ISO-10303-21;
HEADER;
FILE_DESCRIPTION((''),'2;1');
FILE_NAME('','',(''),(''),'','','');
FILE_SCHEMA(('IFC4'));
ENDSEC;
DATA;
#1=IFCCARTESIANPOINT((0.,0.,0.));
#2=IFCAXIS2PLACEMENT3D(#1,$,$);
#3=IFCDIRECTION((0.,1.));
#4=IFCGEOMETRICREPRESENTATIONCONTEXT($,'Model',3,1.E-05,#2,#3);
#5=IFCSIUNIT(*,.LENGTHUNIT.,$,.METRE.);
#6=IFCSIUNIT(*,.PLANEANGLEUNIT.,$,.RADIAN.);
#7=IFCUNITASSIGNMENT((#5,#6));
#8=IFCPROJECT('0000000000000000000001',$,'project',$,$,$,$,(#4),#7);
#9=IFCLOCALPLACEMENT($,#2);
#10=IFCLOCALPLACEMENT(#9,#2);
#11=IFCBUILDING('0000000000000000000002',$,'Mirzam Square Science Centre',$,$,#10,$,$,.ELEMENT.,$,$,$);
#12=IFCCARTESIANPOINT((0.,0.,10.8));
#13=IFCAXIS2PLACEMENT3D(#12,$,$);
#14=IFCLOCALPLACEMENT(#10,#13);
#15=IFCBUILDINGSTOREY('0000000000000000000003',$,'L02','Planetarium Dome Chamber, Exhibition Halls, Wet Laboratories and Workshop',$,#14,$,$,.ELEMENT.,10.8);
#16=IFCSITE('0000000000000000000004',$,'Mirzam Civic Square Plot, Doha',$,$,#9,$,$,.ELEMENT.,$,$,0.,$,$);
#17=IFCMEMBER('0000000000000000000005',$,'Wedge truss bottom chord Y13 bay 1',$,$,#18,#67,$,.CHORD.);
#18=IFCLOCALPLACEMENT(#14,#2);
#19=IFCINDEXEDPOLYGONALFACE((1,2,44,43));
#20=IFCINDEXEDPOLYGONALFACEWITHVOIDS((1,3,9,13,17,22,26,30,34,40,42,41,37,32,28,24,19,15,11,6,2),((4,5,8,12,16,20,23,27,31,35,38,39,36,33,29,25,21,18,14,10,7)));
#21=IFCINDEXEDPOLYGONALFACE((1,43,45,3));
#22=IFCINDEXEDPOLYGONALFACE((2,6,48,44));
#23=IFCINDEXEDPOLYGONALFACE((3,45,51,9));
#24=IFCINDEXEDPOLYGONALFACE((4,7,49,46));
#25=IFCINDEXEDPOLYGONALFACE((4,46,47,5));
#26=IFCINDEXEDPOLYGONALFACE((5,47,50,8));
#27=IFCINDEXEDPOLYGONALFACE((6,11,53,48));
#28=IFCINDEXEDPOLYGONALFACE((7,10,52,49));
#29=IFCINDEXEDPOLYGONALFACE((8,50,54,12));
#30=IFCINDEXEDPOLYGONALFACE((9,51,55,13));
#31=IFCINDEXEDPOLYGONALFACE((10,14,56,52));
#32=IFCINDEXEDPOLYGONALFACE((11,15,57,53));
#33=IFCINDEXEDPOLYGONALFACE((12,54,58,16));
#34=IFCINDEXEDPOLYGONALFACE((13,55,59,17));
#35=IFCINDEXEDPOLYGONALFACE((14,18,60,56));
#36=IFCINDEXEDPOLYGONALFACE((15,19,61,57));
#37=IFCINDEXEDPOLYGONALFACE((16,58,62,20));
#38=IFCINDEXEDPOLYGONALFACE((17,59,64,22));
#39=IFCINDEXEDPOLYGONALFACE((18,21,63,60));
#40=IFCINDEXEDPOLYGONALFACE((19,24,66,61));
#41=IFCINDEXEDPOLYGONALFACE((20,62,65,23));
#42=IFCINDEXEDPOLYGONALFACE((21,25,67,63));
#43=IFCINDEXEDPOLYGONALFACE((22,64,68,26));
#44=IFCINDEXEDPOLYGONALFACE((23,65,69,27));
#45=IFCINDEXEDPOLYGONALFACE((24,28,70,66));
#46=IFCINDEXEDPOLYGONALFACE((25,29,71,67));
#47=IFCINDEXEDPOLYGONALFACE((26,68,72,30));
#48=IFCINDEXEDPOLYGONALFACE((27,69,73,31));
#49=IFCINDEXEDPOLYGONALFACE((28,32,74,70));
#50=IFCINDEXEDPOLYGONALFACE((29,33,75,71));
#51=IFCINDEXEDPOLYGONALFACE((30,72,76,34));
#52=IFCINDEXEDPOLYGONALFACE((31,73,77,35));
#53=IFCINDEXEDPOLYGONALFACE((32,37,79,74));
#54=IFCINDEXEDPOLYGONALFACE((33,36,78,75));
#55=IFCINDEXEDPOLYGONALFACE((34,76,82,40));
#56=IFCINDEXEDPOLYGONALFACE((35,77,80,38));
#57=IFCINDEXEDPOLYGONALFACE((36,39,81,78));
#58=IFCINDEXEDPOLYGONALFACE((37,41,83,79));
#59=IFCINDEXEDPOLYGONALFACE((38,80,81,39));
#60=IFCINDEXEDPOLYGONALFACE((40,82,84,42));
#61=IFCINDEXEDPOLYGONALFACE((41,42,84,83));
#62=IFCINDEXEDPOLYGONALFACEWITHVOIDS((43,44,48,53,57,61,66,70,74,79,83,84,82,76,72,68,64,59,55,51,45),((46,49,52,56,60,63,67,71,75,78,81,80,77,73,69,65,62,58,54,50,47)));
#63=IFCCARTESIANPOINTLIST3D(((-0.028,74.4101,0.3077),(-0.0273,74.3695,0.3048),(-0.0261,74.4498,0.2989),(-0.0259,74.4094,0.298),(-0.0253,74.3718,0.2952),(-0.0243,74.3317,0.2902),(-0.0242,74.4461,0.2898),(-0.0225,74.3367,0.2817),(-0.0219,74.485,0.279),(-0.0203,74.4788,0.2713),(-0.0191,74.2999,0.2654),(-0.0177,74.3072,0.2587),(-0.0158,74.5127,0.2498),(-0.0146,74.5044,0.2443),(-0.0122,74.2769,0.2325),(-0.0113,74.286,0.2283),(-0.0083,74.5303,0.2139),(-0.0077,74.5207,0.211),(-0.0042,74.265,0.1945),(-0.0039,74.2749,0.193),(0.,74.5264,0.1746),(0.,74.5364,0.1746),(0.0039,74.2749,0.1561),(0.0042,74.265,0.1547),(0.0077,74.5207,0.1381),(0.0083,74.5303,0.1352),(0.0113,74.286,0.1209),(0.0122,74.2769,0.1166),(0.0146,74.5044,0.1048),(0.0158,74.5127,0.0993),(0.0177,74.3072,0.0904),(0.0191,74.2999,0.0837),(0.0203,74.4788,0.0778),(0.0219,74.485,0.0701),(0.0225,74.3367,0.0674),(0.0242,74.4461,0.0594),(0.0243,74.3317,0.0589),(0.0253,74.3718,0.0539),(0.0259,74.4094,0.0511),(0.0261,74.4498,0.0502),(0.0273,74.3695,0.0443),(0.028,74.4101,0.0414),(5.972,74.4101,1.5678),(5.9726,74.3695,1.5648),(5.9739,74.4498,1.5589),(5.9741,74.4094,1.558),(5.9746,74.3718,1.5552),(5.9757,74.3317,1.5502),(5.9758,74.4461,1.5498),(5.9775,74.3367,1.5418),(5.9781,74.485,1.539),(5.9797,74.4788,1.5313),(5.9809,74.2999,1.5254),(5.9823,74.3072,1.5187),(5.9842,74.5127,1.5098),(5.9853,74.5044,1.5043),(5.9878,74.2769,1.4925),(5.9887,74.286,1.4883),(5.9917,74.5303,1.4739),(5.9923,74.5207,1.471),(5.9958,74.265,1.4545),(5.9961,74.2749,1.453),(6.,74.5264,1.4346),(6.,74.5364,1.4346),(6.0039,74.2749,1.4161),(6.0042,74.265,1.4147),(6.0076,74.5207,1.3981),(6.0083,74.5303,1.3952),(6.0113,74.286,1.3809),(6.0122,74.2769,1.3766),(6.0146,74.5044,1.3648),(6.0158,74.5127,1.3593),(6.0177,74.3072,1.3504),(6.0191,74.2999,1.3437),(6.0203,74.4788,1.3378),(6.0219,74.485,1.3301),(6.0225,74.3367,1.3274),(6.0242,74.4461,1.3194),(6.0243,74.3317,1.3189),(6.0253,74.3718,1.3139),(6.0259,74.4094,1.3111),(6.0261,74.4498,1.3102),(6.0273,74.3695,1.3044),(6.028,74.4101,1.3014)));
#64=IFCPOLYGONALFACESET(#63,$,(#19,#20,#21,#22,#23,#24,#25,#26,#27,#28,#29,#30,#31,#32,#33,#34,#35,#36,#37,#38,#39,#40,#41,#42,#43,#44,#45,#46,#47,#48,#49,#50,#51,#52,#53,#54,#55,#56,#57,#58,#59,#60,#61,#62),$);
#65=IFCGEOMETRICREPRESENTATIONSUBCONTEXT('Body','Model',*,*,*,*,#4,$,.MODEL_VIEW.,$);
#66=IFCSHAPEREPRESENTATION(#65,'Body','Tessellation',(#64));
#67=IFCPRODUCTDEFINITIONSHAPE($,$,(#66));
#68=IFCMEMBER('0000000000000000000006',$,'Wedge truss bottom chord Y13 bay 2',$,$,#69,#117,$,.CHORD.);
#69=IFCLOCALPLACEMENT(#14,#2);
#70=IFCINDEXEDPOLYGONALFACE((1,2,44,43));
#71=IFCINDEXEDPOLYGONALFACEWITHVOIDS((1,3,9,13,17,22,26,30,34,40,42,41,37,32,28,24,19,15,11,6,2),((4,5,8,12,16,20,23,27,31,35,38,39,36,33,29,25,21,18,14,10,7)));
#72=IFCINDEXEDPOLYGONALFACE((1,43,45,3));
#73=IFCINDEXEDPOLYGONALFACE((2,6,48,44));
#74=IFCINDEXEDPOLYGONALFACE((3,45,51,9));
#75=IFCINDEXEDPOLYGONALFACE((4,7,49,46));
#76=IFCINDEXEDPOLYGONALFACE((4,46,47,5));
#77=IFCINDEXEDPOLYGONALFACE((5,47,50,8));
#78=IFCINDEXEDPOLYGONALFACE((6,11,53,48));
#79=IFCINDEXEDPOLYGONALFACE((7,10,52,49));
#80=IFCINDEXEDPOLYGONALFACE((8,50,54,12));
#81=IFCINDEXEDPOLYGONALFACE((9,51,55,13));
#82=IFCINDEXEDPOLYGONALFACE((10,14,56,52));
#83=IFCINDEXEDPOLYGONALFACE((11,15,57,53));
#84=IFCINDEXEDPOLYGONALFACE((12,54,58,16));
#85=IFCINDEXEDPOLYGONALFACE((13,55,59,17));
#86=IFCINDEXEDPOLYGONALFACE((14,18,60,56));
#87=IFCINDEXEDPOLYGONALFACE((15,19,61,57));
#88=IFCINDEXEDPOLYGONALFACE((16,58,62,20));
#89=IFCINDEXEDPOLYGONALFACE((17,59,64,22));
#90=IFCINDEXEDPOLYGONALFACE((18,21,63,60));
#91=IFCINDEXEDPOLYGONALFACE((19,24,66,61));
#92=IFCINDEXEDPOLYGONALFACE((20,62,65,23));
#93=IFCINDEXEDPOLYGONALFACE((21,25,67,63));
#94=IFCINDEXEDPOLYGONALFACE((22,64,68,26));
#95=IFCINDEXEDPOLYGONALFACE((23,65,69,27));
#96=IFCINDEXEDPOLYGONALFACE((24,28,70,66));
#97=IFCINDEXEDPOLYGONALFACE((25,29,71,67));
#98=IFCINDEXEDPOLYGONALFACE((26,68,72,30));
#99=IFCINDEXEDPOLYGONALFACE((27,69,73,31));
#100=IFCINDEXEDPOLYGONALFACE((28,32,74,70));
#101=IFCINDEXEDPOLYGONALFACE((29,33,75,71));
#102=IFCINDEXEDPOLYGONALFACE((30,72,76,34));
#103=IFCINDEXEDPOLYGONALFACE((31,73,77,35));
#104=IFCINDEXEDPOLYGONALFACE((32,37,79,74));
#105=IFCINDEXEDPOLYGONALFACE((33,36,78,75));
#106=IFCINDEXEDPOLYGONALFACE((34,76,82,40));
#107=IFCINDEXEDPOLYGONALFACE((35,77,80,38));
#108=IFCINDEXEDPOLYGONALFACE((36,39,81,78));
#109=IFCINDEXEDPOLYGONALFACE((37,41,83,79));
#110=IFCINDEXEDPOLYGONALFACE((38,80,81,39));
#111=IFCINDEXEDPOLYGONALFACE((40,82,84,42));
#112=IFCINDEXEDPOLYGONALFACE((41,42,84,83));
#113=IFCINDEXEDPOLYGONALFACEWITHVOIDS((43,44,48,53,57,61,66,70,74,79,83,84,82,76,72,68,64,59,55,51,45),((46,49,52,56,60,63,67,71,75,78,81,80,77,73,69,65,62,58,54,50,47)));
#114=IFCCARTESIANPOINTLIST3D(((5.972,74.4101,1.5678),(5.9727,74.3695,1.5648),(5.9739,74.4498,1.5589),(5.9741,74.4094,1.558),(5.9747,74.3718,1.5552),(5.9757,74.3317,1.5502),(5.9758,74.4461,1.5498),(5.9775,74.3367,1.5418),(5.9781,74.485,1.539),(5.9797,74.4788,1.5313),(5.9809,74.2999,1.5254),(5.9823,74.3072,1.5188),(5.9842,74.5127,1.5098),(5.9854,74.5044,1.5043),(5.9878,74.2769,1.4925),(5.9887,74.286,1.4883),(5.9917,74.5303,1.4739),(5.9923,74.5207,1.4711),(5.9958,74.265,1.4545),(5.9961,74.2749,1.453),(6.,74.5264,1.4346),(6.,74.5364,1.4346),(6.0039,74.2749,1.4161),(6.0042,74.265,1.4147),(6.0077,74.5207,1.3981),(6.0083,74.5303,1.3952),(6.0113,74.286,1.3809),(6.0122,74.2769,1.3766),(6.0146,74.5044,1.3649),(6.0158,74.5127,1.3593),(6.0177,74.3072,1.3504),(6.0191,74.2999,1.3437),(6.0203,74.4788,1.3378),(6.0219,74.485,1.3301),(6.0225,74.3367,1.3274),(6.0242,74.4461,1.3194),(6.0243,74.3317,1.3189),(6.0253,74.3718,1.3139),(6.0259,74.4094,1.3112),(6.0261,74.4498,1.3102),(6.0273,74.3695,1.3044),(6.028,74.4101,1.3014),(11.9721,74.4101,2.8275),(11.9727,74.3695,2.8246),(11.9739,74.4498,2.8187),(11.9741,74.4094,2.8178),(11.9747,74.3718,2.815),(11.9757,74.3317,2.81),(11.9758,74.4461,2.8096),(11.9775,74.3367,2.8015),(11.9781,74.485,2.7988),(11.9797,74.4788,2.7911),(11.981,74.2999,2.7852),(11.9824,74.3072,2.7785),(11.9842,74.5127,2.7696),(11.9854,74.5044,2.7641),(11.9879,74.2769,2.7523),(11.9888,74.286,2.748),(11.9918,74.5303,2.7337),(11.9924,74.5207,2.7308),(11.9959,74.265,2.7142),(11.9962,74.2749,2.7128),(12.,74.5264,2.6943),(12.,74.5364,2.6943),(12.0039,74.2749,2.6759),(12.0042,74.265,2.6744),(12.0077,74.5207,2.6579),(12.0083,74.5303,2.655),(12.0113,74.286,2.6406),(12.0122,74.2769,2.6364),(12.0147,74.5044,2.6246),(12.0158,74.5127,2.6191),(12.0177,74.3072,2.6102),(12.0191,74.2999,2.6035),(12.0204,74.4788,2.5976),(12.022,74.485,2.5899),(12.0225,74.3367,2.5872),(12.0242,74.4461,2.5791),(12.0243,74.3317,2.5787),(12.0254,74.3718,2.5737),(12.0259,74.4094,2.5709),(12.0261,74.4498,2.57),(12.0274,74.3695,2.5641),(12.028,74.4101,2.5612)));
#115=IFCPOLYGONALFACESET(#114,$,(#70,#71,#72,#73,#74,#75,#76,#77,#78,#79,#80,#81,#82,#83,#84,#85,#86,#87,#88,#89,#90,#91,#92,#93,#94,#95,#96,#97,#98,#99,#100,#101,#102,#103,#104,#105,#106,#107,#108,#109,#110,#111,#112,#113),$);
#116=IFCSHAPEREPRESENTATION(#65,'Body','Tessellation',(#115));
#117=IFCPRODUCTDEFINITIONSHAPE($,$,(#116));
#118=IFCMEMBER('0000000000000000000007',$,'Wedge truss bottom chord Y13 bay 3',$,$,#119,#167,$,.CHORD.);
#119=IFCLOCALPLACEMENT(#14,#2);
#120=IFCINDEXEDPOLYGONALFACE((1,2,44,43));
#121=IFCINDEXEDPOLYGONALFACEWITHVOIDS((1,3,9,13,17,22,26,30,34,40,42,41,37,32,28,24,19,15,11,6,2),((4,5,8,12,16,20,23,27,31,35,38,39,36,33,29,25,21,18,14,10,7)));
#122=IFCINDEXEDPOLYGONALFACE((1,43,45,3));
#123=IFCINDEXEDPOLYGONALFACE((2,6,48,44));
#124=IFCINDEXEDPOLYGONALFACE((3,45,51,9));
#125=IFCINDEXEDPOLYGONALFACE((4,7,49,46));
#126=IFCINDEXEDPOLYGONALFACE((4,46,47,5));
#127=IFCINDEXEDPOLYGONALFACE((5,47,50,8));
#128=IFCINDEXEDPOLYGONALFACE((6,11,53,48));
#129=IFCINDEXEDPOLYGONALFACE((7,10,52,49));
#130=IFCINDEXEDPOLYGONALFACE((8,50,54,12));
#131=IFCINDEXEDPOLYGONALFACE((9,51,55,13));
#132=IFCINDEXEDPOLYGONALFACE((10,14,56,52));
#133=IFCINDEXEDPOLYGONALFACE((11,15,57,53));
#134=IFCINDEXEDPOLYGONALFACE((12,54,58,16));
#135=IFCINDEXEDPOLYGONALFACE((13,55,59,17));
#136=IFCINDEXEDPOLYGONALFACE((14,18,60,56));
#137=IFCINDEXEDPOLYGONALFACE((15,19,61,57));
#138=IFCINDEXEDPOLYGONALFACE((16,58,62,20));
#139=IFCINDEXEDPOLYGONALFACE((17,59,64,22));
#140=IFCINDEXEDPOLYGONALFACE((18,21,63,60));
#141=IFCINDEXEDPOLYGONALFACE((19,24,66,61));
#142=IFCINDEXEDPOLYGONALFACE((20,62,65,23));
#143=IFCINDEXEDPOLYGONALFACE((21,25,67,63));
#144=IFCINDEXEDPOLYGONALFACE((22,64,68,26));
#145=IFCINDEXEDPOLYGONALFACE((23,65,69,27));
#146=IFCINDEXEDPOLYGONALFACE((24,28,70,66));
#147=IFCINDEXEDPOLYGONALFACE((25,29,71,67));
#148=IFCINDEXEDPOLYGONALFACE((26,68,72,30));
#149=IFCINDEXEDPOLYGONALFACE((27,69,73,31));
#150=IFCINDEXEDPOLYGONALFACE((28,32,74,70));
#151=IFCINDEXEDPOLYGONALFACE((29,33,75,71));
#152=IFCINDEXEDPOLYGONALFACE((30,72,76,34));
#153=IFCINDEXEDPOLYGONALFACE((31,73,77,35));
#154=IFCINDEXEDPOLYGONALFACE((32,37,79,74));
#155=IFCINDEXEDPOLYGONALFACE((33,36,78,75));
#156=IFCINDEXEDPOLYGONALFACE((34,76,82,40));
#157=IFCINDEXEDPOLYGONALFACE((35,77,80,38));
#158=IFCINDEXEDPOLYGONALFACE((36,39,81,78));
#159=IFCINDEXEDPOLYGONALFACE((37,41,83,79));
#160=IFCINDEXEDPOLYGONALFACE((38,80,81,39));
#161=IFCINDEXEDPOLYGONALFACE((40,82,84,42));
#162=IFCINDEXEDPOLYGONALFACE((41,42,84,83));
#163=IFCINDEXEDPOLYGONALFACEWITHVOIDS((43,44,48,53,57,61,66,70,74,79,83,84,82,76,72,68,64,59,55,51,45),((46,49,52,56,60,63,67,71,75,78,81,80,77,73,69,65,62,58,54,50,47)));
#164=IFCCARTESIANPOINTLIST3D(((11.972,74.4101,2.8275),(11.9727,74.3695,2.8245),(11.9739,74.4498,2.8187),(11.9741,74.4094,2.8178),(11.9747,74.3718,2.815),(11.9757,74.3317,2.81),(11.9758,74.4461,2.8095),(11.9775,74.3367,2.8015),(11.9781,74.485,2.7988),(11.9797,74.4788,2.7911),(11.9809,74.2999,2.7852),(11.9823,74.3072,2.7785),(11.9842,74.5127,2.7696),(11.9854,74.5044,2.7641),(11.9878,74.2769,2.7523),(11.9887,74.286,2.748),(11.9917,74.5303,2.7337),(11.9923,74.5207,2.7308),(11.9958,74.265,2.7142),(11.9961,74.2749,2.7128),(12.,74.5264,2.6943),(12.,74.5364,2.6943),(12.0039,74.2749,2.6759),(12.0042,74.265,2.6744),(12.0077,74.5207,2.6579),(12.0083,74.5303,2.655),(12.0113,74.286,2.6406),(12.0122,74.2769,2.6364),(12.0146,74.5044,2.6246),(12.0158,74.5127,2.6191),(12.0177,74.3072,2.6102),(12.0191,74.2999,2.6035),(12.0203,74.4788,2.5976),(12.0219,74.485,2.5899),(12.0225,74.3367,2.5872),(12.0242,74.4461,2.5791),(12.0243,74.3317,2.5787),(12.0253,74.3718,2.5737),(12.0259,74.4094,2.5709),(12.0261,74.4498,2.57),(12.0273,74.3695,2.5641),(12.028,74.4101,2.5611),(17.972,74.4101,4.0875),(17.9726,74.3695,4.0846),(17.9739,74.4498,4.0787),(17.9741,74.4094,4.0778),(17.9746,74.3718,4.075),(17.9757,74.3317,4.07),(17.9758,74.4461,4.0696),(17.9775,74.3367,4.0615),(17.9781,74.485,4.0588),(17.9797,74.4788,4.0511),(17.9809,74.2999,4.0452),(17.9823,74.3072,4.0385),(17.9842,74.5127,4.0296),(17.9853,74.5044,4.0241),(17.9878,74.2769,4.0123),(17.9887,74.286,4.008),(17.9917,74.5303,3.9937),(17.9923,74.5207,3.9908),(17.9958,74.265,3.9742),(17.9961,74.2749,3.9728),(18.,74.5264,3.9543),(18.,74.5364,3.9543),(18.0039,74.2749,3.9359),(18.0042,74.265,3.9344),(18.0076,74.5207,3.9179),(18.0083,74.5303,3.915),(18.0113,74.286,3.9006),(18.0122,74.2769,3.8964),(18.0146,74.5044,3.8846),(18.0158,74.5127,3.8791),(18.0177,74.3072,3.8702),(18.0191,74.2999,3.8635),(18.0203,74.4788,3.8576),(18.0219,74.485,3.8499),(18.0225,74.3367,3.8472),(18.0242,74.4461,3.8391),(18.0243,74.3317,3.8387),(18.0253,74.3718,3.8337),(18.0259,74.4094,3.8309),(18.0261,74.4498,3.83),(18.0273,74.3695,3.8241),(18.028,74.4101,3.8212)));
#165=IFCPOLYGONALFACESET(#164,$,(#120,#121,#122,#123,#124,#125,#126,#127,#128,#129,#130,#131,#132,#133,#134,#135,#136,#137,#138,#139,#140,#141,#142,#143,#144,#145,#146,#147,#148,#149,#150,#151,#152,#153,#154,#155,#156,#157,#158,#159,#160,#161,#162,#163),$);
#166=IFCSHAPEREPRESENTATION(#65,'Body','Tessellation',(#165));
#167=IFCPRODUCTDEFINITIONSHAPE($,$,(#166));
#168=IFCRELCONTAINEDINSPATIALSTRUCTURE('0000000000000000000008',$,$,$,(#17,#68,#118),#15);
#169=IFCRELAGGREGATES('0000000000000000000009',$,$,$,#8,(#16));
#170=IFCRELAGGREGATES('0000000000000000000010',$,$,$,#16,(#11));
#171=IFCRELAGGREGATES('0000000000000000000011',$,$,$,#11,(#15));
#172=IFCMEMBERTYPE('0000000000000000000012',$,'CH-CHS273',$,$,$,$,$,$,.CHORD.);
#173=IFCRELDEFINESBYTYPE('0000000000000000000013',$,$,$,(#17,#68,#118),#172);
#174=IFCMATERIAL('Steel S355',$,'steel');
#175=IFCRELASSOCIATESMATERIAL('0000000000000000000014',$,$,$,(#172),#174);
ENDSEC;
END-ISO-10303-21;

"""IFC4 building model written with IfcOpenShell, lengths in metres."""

from ifc_helpers import new_model, si_unit, direction, frame, origin, origin_2d, place, context, subcontext, project, spatial, hollow_circle, extrude, material, material_profile, profile_set, type_object, element, save


model = new_model("IFC4")

# Units and contexts
model_context = context("Model", 3, precision=1e-05, world=origin(), true_north=direction((0.0, 1.0)))
body_context = subcontext(model_context, "Body", "Model", "MODEL_VIEW")
ifc_project = project(units=[si_unit("LENGTHUNIT", "METRE"), si_unit("PLANEANGLEUNIT", "RADIAN")], contexts=[model_context])

# Site, building, storey
site_placement = place(None, origin())
site = spatial("IfcSite", under=ifc_project, at=site_placement, Name="Mirzam Civic Square Plot, Doha", CompositionType="ELEMENT", RefElevation=0.0)
building_placement = place(site_placement, origin())
building = spatial("IfcBuilding", under=site, at=building_placement, Name="Mirzam Square Science Centre", CompositionType="ELEMENT")
storey_placement = place(building_placement, frame((0.0, 0.0, 10.8)))
storey = spatial("IfcBuildingStorey", under=building, at=storey_placement, Name="L02", Description="Planetarium Dome Chamber, Exhibition Halls, Wet Laboratories and Workshop", CompositionType="ELEMENT", Elevation=10.8)

# Members
ifc_material = material(Name="Steel S355", Category="steel")
ifc_material_profile_1 = material_profile(ifc_material, hollow_circle(Radius=0.1365, WallThickness=0.01, at=origin_2d()), Name="273.0x10.0CHS")
ifc_profile_set_1 = profile_set([ifc_material_profile_1], Name="Steel S355")
member_type_1 = type_object("IfcMemberType", Name="CH-CHS273", PredefinedType="CHORD", material=ifc_profile_set_1)
for number, where, z_axis, x_axis, name in (
    (1, (0.0, 74.3999, 0.1746), (0.978653, 0.0, 0.205519), (0.0, 1.0, 0.0), "Wedge truss bottom chord Y13 bay 1"),
    (2, (6.0, 74.3999, 1.4346), (0.978661, 0.0, 0.205481), (0.0, 1.0, 0.0), "Wedge truss bottom chord Y13 bay 2"),
    (3, (12.0, 74.3999, 2.6943), (0.978653, 0.0, 0.205519), (0.0, 1.0, 0.0), "Wedge truss bottom chord Y13 bay 3"),
):
    element("IfcMember", number, at=place(storey_placement, frame(where, z_axis=z_axis, x_axis=x_axis)), inside=storey, type_object=member_type_1, Name=name, PredefinedType="CHORD", context=body_context, shape_type="SweptSolid", body=[
        extrude(hollow_circle(Radius=0.1365, WallThickness=0.01, at=origin_2d()), origin(), (0.0, 0.0, 1.0), 6.1309),
    ])

save(model, "model.ifc")
